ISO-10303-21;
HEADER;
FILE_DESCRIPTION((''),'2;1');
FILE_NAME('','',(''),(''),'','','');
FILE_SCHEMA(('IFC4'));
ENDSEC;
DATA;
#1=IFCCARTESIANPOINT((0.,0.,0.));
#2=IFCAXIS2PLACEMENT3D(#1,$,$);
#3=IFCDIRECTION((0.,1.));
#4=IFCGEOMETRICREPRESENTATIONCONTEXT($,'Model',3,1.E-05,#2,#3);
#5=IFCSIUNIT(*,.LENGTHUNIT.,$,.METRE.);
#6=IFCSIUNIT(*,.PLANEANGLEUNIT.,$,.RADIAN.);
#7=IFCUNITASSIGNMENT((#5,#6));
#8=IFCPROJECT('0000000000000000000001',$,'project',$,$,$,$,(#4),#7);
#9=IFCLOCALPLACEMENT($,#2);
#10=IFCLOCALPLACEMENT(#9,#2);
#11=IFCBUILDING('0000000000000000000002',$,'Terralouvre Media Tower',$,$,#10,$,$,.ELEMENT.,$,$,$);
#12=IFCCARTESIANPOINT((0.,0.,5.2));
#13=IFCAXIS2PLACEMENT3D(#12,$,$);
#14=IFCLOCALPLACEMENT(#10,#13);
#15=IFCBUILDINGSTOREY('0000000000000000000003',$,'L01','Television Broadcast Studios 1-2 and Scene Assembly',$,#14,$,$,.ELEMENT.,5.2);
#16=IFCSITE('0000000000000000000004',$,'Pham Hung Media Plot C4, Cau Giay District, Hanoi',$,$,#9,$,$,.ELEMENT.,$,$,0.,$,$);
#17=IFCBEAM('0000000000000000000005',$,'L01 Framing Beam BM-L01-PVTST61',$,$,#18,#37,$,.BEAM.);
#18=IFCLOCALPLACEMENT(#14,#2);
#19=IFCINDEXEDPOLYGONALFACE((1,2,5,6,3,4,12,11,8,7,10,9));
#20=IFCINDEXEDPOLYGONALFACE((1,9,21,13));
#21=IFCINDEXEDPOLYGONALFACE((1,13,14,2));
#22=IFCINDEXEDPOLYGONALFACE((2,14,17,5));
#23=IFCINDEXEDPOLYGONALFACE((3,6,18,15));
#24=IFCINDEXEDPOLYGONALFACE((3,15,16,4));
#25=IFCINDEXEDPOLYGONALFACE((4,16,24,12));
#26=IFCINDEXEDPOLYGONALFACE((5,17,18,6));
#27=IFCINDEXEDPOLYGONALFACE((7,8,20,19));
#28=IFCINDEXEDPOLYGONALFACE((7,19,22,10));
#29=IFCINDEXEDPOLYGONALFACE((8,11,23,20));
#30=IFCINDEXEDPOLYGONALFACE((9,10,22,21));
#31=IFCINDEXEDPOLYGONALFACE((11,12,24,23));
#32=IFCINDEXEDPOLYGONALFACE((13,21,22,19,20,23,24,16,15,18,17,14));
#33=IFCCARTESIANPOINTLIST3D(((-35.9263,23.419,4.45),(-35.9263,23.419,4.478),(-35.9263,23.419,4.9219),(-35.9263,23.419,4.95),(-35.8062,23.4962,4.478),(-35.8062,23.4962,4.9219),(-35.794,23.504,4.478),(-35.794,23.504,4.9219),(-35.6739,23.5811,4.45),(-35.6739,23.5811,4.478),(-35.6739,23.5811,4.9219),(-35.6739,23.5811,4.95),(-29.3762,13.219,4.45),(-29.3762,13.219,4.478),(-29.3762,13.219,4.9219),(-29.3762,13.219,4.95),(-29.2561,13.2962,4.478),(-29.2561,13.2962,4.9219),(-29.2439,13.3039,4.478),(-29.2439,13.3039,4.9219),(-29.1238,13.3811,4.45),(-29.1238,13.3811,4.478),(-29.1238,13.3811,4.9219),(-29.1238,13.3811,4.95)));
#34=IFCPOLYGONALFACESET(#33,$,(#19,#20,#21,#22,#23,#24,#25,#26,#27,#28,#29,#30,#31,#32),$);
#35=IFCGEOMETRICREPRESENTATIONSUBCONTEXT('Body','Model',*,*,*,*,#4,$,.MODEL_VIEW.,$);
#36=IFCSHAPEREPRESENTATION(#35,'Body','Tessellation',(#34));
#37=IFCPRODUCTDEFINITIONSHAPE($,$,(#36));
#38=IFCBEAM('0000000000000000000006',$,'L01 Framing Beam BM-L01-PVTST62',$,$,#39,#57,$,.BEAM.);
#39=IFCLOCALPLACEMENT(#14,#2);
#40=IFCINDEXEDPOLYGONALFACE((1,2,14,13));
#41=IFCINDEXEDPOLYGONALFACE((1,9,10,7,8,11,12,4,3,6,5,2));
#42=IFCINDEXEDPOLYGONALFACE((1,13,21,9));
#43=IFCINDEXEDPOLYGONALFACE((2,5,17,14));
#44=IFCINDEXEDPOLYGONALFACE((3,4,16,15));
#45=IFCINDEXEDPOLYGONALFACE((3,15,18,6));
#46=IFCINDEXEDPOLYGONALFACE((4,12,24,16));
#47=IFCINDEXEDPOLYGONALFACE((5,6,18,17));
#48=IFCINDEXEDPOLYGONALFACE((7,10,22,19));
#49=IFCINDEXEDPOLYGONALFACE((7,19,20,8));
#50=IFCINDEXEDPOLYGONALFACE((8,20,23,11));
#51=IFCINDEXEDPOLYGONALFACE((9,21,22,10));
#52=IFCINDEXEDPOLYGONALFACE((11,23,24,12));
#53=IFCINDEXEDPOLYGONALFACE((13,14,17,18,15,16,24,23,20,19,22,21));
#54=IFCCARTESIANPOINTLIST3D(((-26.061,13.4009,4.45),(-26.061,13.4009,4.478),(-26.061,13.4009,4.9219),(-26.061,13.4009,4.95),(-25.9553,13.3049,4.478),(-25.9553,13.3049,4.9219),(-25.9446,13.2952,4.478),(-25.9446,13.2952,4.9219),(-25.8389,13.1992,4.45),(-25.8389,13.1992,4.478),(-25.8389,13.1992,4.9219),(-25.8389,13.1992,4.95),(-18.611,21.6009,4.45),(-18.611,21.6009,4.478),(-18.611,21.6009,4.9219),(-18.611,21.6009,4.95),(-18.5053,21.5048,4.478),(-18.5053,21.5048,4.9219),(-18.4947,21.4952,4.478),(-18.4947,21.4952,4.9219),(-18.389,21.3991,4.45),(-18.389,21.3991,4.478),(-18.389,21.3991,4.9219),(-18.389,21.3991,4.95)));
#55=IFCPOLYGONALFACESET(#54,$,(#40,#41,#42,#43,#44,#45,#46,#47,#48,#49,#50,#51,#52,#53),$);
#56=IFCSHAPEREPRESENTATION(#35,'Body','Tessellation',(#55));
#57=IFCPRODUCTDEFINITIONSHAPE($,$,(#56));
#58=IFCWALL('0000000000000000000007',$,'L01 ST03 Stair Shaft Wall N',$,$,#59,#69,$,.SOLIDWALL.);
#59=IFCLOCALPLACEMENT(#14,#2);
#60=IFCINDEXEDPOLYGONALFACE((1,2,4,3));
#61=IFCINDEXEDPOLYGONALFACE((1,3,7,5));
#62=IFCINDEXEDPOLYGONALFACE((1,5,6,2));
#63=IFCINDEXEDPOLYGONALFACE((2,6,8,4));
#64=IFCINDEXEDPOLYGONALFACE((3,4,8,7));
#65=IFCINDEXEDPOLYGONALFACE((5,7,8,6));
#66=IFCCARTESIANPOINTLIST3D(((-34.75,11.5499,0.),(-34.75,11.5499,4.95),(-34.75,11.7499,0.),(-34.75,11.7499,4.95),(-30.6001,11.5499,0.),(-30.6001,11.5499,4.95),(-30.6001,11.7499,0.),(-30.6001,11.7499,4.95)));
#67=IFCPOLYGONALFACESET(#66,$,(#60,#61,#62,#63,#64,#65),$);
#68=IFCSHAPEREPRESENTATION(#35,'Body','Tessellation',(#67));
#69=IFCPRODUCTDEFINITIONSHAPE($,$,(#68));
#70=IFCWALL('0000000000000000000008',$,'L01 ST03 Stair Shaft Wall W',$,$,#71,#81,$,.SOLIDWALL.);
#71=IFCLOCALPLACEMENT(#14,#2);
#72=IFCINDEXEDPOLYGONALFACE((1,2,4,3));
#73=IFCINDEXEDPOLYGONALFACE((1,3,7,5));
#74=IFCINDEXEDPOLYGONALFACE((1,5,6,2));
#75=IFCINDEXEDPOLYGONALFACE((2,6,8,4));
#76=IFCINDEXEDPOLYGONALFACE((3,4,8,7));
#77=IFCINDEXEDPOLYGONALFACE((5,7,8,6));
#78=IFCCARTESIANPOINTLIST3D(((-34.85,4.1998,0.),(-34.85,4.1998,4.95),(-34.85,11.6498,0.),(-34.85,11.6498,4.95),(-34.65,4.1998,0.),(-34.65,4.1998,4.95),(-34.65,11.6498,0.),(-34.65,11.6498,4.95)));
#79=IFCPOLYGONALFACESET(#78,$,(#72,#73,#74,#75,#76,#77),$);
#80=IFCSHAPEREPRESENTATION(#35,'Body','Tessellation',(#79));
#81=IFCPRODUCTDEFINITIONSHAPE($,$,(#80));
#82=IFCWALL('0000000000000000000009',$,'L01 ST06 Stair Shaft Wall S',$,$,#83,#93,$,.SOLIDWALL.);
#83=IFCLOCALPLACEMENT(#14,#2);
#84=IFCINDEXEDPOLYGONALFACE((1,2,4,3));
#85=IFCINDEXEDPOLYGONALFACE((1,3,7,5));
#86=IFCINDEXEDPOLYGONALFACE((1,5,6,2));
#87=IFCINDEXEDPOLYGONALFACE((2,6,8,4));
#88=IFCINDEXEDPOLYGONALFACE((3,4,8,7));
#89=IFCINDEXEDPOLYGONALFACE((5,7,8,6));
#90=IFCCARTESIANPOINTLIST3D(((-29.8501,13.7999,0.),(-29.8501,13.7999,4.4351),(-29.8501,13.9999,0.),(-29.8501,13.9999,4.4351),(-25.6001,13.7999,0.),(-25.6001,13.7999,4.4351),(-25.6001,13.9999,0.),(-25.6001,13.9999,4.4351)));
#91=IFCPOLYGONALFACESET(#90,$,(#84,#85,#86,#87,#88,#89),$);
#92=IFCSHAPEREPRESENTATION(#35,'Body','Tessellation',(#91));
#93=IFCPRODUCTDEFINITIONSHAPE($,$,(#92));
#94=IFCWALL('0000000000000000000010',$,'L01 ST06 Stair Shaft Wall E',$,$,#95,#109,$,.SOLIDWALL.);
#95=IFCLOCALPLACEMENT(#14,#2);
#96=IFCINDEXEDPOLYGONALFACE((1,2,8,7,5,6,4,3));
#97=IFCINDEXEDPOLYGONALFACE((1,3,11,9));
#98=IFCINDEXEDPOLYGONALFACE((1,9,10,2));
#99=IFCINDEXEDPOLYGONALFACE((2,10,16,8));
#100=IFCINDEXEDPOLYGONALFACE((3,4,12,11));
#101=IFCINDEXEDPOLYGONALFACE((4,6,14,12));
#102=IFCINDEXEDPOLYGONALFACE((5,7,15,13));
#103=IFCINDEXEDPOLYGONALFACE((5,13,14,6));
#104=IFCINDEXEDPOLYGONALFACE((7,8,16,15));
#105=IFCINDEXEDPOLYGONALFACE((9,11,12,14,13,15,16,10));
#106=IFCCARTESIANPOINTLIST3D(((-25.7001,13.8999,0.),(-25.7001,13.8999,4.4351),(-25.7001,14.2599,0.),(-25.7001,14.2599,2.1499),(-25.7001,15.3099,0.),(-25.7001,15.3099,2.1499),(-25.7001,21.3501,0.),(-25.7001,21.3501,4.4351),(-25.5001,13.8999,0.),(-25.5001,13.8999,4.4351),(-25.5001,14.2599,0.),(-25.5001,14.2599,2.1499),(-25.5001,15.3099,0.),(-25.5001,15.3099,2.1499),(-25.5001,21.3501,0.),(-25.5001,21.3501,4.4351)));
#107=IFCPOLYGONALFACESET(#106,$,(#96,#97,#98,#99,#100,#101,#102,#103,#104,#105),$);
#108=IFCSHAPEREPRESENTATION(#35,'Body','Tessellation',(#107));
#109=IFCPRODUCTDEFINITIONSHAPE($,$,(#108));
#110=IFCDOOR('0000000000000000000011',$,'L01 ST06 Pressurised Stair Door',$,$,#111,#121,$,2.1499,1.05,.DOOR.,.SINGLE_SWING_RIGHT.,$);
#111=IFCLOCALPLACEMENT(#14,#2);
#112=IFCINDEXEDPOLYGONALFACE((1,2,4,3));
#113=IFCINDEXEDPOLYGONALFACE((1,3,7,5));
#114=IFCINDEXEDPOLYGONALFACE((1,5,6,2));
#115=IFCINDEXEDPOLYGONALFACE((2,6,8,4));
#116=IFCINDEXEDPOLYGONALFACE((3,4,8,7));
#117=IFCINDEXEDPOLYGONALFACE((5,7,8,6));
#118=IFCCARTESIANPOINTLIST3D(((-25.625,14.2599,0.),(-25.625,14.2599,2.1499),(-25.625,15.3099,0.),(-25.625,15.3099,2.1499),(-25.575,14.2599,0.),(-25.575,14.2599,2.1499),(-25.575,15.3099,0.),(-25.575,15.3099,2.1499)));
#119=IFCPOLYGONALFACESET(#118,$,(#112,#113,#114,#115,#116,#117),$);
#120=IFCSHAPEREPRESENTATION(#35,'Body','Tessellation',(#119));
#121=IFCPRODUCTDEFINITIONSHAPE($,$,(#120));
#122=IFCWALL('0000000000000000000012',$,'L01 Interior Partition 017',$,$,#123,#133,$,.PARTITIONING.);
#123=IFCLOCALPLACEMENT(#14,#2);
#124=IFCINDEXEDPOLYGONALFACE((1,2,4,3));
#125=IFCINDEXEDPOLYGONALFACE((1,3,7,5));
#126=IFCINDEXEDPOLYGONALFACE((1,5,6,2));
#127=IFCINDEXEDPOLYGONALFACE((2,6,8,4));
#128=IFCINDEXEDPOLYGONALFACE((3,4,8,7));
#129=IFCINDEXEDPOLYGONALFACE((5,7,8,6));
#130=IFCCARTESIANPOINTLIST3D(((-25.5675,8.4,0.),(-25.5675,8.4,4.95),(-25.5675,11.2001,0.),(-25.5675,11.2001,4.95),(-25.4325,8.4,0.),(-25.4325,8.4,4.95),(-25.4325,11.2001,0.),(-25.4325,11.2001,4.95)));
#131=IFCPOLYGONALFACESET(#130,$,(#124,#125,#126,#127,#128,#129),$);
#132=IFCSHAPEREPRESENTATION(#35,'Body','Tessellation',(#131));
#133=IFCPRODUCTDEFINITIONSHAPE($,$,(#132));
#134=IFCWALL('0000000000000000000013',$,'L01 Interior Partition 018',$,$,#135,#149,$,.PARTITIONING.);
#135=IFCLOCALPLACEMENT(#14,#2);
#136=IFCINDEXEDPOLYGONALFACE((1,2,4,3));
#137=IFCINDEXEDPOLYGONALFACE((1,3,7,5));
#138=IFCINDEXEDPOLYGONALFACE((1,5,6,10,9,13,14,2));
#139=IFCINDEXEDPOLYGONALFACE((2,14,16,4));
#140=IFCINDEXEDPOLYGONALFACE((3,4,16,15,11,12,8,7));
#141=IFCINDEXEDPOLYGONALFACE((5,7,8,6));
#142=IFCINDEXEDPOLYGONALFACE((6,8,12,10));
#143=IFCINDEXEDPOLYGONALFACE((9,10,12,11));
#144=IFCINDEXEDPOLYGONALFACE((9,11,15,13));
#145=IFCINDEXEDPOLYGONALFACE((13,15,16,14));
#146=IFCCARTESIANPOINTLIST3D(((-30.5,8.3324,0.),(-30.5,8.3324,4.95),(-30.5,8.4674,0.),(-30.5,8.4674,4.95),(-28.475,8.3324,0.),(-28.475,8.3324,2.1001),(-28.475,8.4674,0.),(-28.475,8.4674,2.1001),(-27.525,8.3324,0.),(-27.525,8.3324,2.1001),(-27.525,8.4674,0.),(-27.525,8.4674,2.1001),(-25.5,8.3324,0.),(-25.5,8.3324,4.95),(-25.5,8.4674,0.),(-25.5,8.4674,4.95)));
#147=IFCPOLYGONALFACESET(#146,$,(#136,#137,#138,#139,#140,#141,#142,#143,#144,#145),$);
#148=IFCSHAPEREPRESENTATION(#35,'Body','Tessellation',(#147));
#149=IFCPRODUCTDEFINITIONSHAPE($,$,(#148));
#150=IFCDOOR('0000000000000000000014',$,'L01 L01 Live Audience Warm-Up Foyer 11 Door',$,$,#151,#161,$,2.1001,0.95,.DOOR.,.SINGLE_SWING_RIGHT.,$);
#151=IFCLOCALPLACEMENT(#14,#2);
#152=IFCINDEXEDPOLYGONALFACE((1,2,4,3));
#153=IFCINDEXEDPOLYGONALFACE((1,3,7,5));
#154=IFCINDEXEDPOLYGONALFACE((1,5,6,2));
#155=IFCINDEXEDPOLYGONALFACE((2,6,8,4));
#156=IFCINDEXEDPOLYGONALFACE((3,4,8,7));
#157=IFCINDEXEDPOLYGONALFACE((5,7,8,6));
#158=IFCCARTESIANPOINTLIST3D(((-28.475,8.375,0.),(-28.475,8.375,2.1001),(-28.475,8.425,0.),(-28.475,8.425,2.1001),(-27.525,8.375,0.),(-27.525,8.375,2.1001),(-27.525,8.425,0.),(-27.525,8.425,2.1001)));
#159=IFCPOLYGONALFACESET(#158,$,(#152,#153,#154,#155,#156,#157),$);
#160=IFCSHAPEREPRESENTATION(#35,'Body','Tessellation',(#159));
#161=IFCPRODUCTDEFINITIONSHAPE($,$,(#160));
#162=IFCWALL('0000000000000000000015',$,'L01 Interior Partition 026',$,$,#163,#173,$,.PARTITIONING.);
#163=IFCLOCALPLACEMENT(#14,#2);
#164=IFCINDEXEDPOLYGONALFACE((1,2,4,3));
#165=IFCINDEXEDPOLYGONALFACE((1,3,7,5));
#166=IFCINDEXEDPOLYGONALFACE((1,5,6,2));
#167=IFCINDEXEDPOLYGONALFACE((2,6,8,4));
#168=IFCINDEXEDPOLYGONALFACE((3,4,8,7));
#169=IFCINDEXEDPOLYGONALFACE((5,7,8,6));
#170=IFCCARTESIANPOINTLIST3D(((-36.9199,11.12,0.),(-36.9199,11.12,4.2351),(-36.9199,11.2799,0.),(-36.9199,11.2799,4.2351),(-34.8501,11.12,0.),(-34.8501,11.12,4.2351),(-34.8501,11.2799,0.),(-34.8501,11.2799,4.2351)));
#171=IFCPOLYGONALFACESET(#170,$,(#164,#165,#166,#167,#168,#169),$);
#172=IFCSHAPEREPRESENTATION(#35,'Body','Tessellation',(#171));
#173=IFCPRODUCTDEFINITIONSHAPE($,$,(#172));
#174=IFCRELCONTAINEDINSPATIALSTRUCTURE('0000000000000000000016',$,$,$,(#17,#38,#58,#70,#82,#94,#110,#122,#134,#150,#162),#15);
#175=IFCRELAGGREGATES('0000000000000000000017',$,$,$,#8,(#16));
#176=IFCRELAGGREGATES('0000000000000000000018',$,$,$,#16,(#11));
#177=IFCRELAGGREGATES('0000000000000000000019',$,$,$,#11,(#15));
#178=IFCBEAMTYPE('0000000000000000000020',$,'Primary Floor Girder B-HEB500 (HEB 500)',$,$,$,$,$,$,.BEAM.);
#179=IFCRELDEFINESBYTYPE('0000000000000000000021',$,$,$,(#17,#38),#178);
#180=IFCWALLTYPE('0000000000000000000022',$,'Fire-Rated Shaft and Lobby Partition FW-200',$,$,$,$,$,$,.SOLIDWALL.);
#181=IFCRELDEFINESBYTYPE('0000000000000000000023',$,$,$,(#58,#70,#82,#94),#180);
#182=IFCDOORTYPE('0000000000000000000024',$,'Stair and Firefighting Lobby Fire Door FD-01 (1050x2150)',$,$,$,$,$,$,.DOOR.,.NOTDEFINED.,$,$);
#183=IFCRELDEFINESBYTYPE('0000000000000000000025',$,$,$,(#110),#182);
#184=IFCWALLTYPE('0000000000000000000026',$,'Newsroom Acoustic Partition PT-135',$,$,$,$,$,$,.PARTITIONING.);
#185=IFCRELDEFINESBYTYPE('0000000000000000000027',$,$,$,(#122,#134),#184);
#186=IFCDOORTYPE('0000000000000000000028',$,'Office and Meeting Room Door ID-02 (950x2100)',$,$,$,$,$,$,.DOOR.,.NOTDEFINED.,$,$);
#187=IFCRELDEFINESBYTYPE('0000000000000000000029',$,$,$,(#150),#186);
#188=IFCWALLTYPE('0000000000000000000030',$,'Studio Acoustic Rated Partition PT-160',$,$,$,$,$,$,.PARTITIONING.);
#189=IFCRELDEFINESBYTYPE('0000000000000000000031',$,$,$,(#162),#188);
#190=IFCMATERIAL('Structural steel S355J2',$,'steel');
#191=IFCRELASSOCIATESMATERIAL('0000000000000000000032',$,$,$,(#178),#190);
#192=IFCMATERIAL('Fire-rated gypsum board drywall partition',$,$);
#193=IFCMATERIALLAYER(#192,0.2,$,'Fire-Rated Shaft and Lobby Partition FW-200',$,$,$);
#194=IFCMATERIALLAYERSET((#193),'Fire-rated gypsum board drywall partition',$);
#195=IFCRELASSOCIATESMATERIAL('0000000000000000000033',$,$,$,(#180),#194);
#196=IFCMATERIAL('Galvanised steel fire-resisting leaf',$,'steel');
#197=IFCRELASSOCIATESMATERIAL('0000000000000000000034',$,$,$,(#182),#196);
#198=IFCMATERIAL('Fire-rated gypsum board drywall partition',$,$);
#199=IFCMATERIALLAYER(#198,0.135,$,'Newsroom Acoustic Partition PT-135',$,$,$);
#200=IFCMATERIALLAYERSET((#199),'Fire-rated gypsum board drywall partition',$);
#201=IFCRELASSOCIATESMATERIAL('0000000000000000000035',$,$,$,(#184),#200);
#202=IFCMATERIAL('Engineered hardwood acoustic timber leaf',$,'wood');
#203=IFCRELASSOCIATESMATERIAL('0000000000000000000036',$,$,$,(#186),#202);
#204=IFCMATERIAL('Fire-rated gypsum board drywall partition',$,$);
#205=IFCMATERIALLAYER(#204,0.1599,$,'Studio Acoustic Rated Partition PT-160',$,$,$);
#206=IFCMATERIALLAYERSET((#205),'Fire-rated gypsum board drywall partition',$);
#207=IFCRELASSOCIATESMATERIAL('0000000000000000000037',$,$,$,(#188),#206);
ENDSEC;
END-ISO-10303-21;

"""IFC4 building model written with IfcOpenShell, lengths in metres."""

from ifc_helpers import new_model, si_unit, direction, frame, frame_2d, origin, origin_2d, place, context, subcontext, project, spatial, rectangle, i_section, extrude, material, layer, layer_set, material_profile, profile_set, type_object, element, fill, save


model = new_model("IFC4")

# Units and contexts
model_context = context("Model", 3, precision=1e-05, world=origin(), true_north=direction((0.0, 1.0)))
body_context = subcontext(model_context, "Body", "Model", "MODEL_VIEW")
ifc_project = project(units=[si_unit("LENGTHUNIT", "METRE"), si_unit("PLANEANGLEUNIT", "RADIAN")], contexts=[model_context])

# Site, building, storey
site_placement = place(None, origin())
site = spatial("IfcSite", under=ifc_project, at=site_placement, Name="Pham Hung Media Plot C4, Cau Giay District, Hanoi", CompositionType="ELEMENT", RefElevation=0.0)
building_placement = place(site_placement, origin())
building = spatial("IfcBuilding", under=site, at=building_placement, Name="Terralouvre Media Tower", CompositionType="ELEMENT")
storey_placement = place(building_placement, frame((0.0, 0.0, 5.2)))
storey = spatial("IfcBuildingStorey", under=building, at=storey_placement, Name="L01", Description="Television Broadcast Studios 1-2 and Scene Assembly", CompositionType="ELEMENT", Elevation=5.2)

# Beams
ifc_material_1 = material(Name="Structural steel S355J2", Category="steel")
ifc_material_profile_1 = material_profile(ifc_material_1, i_section(OverallWidth=0.3, OverallDepth=0.5, WebThickness=0.0144, FlangeThickness=0.0281, at=origin_2d()), Name="HEB 500")
ifc_profile_set_1 = profile_set([ifc_material_profile_1], Name="Structural steel S355J2")
beam_type_1 = type_object("IfcBeamType", Name="Primary Floor Girder B-HEB500 (HEB 500)", PredefinedType="BEAM", material=ifc_profile_set_1)
beam_1_placement = place(storey_placement, frame((-29.25, 13.3, 4.7), z_axis=(-0.540345, 0.841443, 0.0), x_axis=(-0.841443, -0.540345, 0.0)))
element("IfcBeam", 1, at=beam_1_placement, inside=storey, type_object=beam_type_1, Name="L01 Framing Beam BM-L01-PVTST61", PredefinedType="BEAM", context=body_context, shape_type="SweptSolid", body=[
    extrude(i_section(OverallWidth=0.3, OverallDepth=0.5, WebThickness=0.0144, FlangeThickness=0.0281, at=origin_2d()), origin(), (0.0, 0.0, 1.0), 12.1221),
])
beam_2_placement = place(storey_placement, frame((-25.95, 13.3, 4.7), z_axis=(0.672448, 0.740144, 0.0), x_axis=(-0.740144, 0.672448, 0.0)))
element("IfcBeam", 2, at=beam_2_placement, inside=storey, type_object=beam_type_1, Name="L01 Framing Beam BM-L01-PVTST62", PredefinedType="BEAM", context=body_context, shape_type="SweptSolid", body=[
    extrude(i_section(OverallWidth=0.3, OverallDepth=0.5, WebThickness=0.0144, FlangeThickness=0.0281, at=origin_2d()), origin(), (0.0, 0.0, 1.0), 11.0789),
])

# Walls
ifc_material_2 = material(Name="Fire-rated gypsum board drywall partition")
ifc_layer_1 = layer(ifc_material_2, 0.2, Name="Fire-Rated Shaft and Lobby Partition FW-200")
ifc_layer_set_1 = layer_set([ifc_layer_1], Name="Fire-rated gypsum board drywall partition")
wall_type_1 = type_object("IfcWallType", Name="Fire-Rated Shaft and Lobby Partition FW-200", PredefinedType="SOLIDWALL", material=ifc_layer_set_1)
wall_1_placement = place(storey_placement, frame((-30.6001, 11.6499, 0.0), z_axis=(0.0, 0.0, 1.0), x_axis=(-1.0, 0.0, 0.0)))
element("IfcWall", 3, at=wall_1_placement, inside=storey, type_object=wall_type_1, Name="L01 ST03 Stair Shaft Wall N", PredefinedType="SOLIDWALL", context=body_context, shape_type="SweptSolid", body=[
    extrude(rectangle(XDim=4.1499, YDim=0.2, at=frame_2d((2.075, 0.0))), origin(), (0.0, 0.0, 1.0), 4.95),
])
wall_2_placement = place(storey_placement, frame((-34.75, 11.6499, 0.0), z_axis=(0.0, 0.0, 1.0), x_axis=(0.0, -1.0, 0.0)))
element("IfcWall", 4, at=wall_2_placement, inside=storey, type_object=wall_type_1, Name="L01 ST03 Stair Shaft Wall W", PredefinedType="SOLIDWALL", context=body_context, shape_type="SweptSolid", body=[
    extrude(rectangle(XDim=7.45, YDim=0.2, at=frame_2d((3.7251, 0.0))), origin(), (0.0, 0.0, 1.0), 4.95),
])
wall_3_placement = place(storey_placement, frame((-29.8501, 13.8999, 0.0), z_axis=(0.0, 0.0, 1.0), x_axis=(1.0, 0.0, 0.0)))
element("IfcWall", 5, at=wall_3_placement, inside=storey, type_object=wall_type_1, Name="L01 ST06 Stair Shaft Wall S", PredefinedType="SOLIDWALL", context=body_context, shape_type="SweptSolid", body=[
    extrude(rectangle(XDim=4.25, YDim=0.2, at=frame_2d((2.125, 0.0))), origin(), (0.0, 0.0, 1.0), 4.4351),
])

# Wall, opening, door
wall_4_placement = place(storey_placement, frame((-25.6001, 13.8999, 0.0), z_axis=(0.0, 0.0, 1.0), x_axis=(0.0, 1.0, 0.0)))
wall_4 = element("IfcWall", 6, at=wall_4_placement, inside=storey, type_object=wall_type_1, Name="L01 ST06 Stair Shaft Wall E", PredefinedType="SOLIDWALL", context=body_context, shape_type="SweptSolid", body=[
    extrude(rectangle(XDim=7.4502, YDim=0.2, at=frame_2d((3.7251, 0.0))), origin(), (0.0, 0.0, 1.0), 4.4351),
])
opening_1_placement = place(wall_4_placement, frame((0.3601, 0.0, 0.0)))
opening_1 = element("IfcOpeningElement", 7, at=opening_1_placement, cuts=wall_4, PredefinedType="OPENING", context=body_context, shape_type="SweptSolid", body=[
    extrude(rectangle(XDim=1.05, YDim=2.1499, at=frame_2d((0.5249, 1.075))), frame((0.0, 0.1099, 0.0), z_axis=(0.0, -1.0, 0.0), x_axis=(1.0, 0.0, 0.0)), (0.0, 0.0, 1.0), 0.22),
])
ifc_material_3 = material(Name="Galvanised steel fire-resisting leaf", Category="steel")
door_type_1 = type_object("IfcDoorType", Name="Stair and Firefighting Lobby Fire Door FD-01 (1050x2150)", OperationType="NOTDEFINED", PredefinedType="DOOR", material=ifc_material_3)
door_1_placement = place(opening_1_placement, origin())
door_1 = element("IfcDoor", 8, at=door_1_placement, inside=storey, type_object=door_type_1, Name="L01 ST06 Pressurised Stair Door", OperationType="SINGLE_SWING_RIGHT", OverallHeight=2.1499, OverallWidth=1.05, PredefinedType="DOOR", context=body_context, shape_type="SweptSolid", body=[
    extrude(rectangle(XDim=1.05, YDim=2.1499, at=frame_2d((0.5249, 1.075))), frame((0.0, 0.0249, 0.0), z_axis=(0.0, -1.0, 0.0), x_axis=(1.0, 0.0, 0.0)), (0.0, 0.0, 1.0), 0.05),
])
fill(opening_1, door_1)

# Wall
ifc_material_4 = material(Name="Fire-rated gypsum board drywall partition")
ifc_layer_2 = layer(ifc_material_4, 0.135, Name="Newsroom Acoustic Partition PT-135")
ifc_layer_set_2 = layer_set([ifc_layer_2], Name="Fire-rated gypsum board drywall partition")
wall_type_2 = type_object("IfcWallType", Name="Newsroom Acoustic Partition PT-135", PredefinedType="PARTITIONING", material=ifc_layer_set_2)
wall_5_placement = place(storey_placement, frame((-25.5, 11.2, 0.0), z_axis=(0.0, 0.0, 1.0), x_axis=(0.0, -1.0, 0.0)))
element("IfcWall", 9, at=wall_5_placement, inside=storey, type_object=wall_type_2, Name="L01 Interior Partition 017", PredefinedType="PARTITIONING", context=body_context, shape_type="SweptSolid", body=[
    extrude(rectangle(XDim=2.8, YDim=0.135, at=frame_2d((1.3999, 0.0))), origin(), (0.0, 0.0, 1.0), 4.95),
])

# Wall, opening, door
wall_6_placement = place(storey_placement, frame((-25.5, 8.3999, 0.0), z_axis=(0.0, 0.0, 1.0), x_axis=(-1.0, 0.0, 0.0)))
wall_6 = element("IfcWall", 10, at=wall_6_placement, inside=storey, type_object=wall_type_2, Name="L01 Interior Partition 018", PredefinedType="PARTITIONING", context=body_context, shape_type="SweptSolid", body=[
    extrude(rectangle(XDim=5.0, YDim=0.135, at=frame_2d((2.5, 0.0))), origin(), (0.0, 0.0, 1.0), 4.95),
])
opening_2_placement = place(wall_6_placement, frame((2.0249, 0.0, 0.0)))
opening_2 = element("IfcOpeningElement", 11, at=opening_2_placement, cuts=wall_6, PredefinedType="OPENING", context=body_context, shape_type="SweptSolid", body=[
    extrude(rectangle(XDim=0.95, YDim=2.1001, at=frame_2d((0.4751, 1.05))), frame((0.0, 0.0774, 0.0), z_axis=(0.0, -1.0, 0.0), x_axis=(1.0, 0.0, 0.0)), (0.0, 0.0, 1.0), 0.155),
])
ifc_material_5 = material(Name="Engineered hardwood acoustic timber leaf", Category="wood")
door_type_2 = type_object("IfcDoorType", Name="Office and Meeting Room Door ID-02 (950x2100)", OperationType="NOTDEFINED", PredefinedType="DOOR", material=ifc_material_5)
door_2_placement = place(opening_2_placement, origin())
door_2 = element("IfcDoor", 12, at=door_2_placement, inside=storey, type_object=door_type_2, Name="L01 L01 Live Audience Warm-Up Foyer 11 Door", OperationType="SINGLE_SWING_RIGHT", OverallHeight=2.1001, OverallWidth=0.95, PredefinedType="DOOR", context=body_context, shape_type="SweptSolid", body=[
    extrude(rectangle(XDim=0.95, YDim=2.1001, at=frame_2d((0.4751, 1.05))), frame((0.0, 0.0249, 0.0), z_axis=(0.0, -1.0, 0.0), x_axis=(1.0, 0.0, 0.0)), (0.0, 0.0, 1.0), 0.05),
])
fill(opening_2, door_2)

# Wall
ifc_material_6 = material(Name="Fire-rated gypsum board drywall partition")
ifc_layer_3 = layer(ifc_material_6, 0.1599, Name="Studio Acoustic Rated Partition PT-160")
ifc_layer_set_3 = layer_set([ifc_layer_3], Name="Fire-rated gypsum board drywall partition")
wall_type_3 = type_object("IfcWallType", Name="Studio Acoustic Rated Partition PT-160", PredefinedType="PARTITIONING", material=ifc_layer_set_3)
wall_7_placement = place(storey_placement, frame((-34.8501, 11.2, 0.0), z_axis=(0.0, 0.0, 1.0), x_axis=(-1.0, 0.0, 0.0)))
element("IfcWall", 13, at=wall_7_placement, inside=storey, type_object=wall_type_3, Name="L01 Interior Partition 026", PredefinedType="PARTITIONING", context=body_context, shape_type="SweptSolid", body=[
    extrude(rectangle(XDim=2.0698, YDim=0.1599, at=frame_2d((1.0349, 0.0))), origin(), (0.0, 0.0, 1.0), 4.2351),
])

save(model, "model.ifc")
